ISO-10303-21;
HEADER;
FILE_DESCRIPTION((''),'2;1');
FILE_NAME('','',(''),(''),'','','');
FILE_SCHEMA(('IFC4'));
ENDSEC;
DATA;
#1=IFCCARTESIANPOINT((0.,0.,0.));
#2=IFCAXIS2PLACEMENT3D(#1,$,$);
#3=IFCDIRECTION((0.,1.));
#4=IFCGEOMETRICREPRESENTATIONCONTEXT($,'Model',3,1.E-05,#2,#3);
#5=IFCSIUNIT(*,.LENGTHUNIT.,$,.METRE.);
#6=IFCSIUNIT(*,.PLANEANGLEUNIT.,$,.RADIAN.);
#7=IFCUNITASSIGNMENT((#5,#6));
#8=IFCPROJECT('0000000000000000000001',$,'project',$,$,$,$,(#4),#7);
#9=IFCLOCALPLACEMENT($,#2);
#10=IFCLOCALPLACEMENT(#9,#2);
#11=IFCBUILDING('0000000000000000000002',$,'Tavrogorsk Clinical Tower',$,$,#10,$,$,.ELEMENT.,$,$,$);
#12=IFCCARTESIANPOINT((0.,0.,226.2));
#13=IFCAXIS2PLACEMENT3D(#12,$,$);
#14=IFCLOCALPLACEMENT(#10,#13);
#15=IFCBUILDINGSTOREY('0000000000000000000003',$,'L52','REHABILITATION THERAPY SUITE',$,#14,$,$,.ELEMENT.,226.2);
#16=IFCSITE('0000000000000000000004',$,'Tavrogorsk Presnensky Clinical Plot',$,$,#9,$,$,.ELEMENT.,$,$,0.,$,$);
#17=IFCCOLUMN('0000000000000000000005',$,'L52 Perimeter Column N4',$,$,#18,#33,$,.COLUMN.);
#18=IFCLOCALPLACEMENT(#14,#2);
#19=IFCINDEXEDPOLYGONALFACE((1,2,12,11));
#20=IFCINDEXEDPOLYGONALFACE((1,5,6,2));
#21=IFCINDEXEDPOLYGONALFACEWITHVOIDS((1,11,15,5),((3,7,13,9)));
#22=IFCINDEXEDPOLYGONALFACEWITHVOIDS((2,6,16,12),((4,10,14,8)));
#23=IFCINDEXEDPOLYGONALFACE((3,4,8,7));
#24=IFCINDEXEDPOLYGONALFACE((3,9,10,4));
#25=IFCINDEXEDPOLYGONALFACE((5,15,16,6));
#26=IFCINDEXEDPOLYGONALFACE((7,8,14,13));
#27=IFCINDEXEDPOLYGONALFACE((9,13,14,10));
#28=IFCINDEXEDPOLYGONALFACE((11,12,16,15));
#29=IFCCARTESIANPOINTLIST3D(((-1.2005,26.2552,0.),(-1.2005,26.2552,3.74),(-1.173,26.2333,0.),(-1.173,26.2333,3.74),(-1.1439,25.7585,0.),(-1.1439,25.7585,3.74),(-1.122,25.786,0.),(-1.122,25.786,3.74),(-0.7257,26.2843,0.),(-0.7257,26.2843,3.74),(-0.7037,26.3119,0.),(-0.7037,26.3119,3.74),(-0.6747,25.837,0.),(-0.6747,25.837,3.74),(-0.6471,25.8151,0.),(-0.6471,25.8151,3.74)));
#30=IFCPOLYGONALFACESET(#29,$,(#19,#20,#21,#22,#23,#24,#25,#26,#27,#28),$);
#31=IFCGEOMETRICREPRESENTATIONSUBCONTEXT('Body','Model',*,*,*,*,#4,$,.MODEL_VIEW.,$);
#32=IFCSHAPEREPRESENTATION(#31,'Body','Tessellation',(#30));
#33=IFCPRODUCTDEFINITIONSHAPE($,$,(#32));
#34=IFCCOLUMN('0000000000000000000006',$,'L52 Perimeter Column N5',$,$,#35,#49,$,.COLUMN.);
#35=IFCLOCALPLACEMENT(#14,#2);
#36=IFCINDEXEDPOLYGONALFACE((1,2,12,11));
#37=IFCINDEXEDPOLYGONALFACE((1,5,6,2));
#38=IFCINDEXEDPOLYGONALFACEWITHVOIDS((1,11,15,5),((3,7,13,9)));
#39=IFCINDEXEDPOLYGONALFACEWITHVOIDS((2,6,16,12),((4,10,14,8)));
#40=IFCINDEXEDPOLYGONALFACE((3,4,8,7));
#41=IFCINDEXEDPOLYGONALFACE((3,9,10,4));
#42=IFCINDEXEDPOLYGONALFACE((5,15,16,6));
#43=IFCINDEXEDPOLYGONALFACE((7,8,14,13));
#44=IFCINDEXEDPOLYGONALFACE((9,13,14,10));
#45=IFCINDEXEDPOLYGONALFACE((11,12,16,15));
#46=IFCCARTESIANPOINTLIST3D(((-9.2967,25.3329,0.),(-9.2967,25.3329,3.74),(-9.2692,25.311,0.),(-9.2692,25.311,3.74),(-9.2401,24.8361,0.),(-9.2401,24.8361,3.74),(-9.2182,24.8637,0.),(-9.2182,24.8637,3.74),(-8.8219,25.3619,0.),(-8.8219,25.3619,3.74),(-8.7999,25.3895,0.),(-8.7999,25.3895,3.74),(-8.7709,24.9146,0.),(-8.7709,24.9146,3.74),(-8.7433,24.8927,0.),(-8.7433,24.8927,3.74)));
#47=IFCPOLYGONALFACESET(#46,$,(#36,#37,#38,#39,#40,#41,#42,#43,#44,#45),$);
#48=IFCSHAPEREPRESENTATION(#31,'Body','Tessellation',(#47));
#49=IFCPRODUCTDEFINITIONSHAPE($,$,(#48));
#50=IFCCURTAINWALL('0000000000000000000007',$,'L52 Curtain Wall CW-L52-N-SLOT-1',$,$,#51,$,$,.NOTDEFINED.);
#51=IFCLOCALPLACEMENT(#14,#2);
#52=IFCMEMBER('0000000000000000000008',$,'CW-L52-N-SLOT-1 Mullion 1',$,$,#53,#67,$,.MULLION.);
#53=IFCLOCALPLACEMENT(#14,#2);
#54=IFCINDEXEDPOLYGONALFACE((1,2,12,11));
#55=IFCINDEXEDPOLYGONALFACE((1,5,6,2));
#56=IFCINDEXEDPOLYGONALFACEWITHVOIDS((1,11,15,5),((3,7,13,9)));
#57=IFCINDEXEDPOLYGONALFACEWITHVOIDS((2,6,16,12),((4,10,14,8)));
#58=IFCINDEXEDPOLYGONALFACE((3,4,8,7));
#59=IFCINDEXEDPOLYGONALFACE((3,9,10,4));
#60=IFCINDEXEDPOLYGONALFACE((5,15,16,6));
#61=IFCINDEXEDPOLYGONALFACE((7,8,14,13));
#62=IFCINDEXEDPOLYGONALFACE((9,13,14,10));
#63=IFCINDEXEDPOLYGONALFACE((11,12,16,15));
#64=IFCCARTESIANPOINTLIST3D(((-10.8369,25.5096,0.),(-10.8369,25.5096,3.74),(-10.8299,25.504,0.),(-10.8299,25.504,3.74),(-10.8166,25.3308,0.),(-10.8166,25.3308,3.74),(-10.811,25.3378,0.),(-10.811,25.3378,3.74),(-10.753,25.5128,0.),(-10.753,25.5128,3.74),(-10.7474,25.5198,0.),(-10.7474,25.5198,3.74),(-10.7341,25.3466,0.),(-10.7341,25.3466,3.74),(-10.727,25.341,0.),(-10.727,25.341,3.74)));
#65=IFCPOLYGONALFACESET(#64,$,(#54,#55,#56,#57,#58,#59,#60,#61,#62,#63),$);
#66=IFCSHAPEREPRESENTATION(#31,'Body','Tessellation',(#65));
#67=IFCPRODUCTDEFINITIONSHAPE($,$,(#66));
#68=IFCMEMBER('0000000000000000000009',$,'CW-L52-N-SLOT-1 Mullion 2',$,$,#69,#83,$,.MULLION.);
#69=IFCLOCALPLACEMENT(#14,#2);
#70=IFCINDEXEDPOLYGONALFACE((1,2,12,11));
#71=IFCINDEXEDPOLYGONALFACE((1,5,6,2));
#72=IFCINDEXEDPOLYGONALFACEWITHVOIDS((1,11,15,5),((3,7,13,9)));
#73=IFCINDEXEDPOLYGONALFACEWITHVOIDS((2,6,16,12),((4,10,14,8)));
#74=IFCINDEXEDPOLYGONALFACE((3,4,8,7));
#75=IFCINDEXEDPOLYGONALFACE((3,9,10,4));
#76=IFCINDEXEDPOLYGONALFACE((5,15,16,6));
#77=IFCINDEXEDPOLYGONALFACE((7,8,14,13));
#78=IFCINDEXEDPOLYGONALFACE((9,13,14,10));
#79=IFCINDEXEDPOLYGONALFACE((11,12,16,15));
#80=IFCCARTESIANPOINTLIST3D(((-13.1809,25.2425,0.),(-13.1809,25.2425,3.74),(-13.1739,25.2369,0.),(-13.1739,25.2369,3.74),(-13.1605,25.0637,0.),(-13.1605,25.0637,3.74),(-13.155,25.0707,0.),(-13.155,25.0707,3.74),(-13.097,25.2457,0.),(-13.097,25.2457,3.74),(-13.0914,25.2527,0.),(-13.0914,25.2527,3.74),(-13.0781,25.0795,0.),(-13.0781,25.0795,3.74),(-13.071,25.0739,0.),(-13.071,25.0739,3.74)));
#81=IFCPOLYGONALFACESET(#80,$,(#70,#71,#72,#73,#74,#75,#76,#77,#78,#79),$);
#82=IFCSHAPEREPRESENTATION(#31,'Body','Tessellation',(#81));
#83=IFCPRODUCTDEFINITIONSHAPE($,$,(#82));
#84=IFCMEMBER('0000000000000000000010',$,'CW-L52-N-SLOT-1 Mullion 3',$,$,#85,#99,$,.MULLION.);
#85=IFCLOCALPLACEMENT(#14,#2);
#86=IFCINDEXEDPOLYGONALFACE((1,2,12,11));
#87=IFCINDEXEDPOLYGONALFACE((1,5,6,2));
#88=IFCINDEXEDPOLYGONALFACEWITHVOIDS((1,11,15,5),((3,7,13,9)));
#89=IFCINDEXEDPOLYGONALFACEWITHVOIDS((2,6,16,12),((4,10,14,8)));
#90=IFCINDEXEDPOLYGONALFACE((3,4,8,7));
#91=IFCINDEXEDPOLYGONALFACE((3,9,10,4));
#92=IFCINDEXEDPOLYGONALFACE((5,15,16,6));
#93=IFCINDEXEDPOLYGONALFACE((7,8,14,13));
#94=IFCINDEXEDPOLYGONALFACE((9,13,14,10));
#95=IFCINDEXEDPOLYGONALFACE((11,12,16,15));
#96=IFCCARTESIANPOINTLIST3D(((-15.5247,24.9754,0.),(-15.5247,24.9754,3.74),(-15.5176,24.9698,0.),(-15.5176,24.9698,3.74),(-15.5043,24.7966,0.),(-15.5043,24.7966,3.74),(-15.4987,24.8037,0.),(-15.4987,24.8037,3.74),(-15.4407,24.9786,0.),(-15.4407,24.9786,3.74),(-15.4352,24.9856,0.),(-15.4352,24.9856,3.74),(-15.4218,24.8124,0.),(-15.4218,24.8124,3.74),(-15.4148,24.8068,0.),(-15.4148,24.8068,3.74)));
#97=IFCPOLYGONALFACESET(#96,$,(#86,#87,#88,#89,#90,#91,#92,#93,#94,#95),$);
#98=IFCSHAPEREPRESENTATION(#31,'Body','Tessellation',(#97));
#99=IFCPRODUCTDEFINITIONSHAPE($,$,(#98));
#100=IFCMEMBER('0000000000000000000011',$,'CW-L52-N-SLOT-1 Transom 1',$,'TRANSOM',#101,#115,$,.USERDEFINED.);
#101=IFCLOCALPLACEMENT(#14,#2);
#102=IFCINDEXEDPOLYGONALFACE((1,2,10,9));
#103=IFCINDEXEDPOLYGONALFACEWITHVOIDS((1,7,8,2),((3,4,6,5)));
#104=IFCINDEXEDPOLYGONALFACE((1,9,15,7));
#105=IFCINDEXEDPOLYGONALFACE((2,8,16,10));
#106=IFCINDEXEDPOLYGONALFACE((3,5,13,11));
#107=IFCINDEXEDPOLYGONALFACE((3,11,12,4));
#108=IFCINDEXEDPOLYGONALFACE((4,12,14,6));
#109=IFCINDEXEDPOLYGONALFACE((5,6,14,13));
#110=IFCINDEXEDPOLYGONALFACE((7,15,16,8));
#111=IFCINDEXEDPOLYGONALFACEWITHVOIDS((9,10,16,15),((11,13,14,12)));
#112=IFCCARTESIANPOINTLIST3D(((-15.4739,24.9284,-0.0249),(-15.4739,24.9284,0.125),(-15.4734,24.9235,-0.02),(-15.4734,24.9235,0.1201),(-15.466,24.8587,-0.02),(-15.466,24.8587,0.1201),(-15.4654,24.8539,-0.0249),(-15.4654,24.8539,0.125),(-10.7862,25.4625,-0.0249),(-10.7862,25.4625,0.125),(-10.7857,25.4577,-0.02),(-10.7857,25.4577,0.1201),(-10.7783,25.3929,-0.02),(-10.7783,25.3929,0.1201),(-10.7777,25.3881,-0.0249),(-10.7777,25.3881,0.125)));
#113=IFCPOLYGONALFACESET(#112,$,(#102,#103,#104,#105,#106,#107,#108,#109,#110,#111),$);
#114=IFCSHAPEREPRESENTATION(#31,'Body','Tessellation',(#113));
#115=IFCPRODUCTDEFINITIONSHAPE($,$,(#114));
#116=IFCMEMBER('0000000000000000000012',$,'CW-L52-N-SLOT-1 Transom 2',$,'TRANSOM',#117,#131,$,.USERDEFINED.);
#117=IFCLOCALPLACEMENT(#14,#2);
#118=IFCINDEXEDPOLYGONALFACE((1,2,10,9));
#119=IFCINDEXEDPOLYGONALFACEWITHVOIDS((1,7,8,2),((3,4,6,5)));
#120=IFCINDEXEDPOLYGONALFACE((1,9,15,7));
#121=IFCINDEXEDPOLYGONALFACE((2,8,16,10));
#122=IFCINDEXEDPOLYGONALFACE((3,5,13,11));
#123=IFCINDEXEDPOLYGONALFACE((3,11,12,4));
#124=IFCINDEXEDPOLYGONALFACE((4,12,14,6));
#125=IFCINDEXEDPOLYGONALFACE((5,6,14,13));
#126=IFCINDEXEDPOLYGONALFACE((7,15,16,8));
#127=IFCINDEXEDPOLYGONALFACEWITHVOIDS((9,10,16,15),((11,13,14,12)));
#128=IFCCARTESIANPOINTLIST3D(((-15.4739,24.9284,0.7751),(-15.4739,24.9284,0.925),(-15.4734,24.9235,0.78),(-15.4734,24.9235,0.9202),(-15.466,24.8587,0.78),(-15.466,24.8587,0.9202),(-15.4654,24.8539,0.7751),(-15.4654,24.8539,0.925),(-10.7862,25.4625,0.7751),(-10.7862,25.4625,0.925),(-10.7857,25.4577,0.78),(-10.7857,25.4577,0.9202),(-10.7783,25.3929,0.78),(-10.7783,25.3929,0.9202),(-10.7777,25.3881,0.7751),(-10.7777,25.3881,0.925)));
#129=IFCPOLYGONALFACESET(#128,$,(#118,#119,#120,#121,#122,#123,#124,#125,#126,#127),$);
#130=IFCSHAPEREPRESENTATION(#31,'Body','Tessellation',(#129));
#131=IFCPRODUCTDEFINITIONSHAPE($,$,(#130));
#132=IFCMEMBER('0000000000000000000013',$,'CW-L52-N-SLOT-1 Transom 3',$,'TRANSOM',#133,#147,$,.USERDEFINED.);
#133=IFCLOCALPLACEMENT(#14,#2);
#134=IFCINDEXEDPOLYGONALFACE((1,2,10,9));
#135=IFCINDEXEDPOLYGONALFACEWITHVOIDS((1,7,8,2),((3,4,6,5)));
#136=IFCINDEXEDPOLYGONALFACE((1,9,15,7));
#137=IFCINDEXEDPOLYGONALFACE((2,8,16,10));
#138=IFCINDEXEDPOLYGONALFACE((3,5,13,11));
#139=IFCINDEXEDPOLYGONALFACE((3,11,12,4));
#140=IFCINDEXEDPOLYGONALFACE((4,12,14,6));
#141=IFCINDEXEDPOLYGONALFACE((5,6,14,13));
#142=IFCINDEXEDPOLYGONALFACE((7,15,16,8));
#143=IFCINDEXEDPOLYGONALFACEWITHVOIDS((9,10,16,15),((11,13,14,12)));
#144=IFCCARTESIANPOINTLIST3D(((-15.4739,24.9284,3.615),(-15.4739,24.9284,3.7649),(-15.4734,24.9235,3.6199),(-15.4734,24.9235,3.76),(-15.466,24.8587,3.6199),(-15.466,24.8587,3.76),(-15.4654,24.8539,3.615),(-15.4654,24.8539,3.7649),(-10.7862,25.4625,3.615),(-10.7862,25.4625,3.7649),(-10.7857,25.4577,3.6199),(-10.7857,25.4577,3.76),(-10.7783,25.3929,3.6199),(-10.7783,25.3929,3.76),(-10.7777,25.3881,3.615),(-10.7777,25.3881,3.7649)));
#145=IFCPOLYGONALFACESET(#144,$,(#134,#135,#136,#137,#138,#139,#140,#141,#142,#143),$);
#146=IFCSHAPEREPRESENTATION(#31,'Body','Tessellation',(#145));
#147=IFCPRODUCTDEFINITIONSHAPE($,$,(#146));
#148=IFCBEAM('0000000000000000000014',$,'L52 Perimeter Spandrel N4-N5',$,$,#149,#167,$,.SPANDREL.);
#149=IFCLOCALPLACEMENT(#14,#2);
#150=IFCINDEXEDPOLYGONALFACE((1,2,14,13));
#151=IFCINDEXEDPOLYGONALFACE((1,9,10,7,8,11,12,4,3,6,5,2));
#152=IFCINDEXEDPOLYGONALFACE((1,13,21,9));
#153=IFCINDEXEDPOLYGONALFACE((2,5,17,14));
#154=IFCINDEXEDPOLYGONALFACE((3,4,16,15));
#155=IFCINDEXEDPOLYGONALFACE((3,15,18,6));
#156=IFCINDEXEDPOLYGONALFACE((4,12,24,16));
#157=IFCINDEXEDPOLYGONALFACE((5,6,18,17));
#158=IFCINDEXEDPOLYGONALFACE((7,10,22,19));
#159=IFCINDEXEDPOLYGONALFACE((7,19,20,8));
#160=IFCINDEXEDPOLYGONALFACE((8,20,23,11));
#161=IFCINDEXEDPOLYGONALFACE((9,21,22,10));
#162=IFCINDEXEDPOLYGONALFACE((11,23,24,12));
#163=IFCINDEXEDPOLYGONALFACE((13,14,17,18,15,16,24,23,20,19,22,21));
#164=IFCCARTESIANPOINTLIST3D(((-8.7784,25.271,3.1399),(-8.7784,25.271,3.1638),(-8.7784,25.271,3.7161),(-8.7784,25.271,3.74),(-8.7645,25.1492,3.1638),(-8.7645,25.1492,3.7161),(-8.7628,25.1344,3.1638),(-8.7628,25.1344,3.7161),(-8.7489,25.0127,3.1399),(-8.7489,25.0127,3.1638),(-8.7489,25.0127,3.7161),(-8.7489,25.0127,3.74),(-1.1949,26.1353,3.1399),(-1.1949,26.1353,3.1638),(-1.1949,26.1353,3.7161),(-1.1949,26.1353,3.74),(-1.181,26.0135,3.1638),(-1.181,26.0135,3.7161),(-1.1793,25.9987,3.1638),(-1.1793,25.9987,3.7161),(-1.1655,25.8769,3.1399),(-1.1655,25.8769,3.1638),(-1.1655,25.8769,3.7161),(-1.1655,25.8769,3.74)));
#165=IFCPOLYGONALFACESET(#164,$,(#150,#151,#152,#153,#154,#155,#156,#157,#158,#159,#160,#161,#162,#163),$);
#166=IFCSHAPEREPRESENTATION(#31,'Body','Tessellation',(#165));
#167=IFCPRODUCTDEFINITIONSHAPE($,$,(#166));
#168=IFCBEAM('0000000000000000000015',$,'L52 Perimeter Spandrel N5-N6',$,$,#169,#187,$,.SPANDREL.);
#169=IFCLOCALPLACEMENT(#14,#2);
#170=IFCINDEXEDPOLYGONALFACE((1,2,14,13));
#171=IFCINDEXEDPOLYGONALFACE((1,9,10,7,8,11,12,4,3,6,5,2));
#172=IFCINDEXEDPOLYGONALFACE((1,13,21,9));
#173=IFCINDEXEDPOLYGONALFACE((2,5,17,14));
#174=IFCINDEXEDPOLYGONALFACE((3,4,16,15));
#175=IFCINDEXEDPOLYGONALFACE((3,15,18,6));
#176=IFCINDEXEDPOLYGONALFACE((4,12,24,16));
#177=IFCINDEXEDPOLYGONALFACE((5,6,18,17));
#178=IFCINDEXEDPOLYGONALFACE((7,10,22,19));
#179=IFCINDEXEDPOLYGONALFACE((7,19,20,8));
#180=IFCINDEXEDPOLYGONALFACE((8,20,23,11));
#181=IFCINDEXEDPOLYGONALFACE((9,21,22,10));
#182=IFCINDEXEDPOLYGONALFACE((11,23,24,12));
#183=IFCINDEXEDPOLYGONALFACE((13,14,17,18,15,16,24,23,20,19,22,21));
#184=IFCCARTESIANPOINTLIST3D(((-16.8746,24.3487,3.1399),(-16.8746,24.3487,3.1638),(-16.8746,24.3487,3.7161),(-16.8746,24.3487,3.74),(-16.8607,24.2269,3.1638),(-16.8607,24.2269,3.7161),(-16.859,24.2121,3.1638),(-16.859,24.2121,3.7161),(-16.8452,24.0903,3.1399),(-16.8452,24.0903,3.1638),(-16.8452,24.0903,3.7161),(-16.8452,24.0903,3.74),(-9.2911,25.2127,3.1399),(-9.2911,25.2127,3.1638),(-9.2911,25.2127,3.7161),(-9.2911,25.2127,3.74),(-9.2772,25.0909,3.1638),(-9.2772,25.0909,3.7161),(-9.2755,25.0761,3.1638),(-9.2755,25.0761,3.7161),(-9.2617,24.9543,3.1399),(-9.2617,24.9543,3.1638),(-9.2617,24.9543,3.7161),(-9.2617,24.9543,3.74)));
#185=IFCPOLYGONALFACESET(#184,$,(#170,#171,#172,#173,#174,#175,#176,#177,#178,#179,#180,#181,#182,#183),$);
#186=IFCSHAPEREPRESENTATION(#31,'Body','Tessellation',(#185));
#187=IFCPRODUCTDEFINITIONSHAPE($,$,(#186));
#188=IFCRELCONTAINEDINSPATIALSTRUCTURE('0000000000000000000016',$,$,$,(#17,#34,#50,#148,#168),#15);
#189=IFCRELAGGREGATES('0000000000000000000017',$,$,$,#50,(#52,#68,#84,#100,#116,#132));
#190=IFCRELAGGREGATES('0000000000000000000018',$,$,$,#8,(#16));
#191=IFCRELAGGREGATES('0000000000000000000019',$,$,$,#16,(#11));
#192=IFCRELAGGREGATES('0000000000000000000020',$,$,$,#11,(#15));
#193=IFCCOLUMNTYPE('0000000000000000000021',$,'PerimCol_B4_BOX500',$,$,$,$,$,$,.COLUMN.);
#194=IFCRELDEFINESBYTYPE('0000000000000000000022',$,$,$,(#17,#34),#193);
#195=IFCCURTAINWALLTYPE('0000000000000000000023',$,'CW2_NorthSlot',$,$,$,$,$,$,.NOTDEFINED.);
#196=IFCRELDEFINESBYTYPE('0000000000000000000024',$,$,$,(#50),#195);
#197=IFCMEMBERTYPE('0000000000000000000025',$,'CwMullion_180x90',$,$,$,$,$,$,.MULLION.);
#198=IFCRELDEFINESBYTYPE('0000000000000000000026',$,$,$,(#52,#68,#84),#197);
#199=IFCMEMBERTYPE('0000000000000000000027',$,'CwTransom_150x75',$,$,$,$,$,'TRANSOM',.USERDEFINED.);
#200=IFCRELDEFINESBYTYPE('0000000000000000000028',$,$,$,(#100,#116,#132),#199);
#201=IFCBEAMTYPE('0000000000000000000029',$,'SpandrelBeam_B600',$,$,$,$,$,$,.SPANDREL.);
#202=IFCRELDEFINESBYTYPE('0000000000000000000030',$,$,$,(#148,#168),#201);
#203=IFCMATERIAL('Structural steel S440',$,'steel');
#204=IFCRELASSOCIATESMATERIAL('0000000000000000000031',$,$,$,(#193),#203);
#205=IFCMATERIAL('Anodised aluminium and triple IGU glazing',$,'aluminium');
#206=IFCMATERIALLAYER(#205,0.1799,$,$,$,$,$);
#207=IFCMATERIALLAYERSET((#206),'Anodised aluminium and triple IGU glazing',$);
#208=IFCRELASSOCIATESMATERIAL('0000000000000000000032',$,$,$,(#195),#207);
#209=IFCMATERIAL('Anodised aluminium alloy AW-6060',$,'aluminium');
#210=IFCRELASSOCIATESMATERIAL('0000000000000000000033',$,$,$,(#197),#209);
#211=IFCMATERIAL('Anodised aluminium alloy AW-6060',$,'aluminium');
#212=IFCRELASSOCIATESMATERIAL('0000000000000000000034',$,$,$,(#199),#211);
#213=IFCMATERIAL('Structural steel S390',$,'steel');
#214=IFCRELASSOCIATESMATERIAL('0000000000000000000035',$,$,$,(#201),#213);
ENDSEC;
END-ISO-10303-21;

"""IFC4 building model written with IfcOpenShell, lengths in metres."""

from ifc_helpers import new_model, si_unit, direction, frame, origin, origin_2d, place, context, subcontext, project, spatial, hollow_rectangle, i_section, extrude, material, layer, layer_set, material_profile, profile_set, type_object, element, aggregate, save


model = new_model("IFC4")

# Units and contexts
model_context = context("Model", 3, precision=1e-05, world=origin(), true_north=direction((0.0, 1.0)))
body_context = subcontext(model_context, "Body", "Model", "MODEL_VIEW")
ifc_project = project(units=[si_unit("LENGTHUNIT", "METRE"), si_unit("PLANEANGLEUNIT", "RADIAN")], contexts=[model_context])

# Site, building, storey
site_placement = place(None, origin())
site = spatial("IfcSite", under=ifc_project, at=site_placement, Name="Tavrogorsk Presnensky Clinical Plot", CompositionType="ELEMENT", RefElevation=0.0)
building_placement = place(site_placement, origin())
building = spatial("IfcBuilding", under=site, at=building_placement, Name="Tavrogorsk Clinical Tower", CompositionType="ELEMENT")
storey_placement = place(building_placement, frame((0.0, 0.0, 226.2)))
storey = spatial("IfcBuildingStorey", under=building, at=storey_placement, Name="L52", Description="REHABILITATION THERAPY SUITE", CompositionType="ELEMENT", Elevation=226.2)

# Columns
ifc_material_1 = material(Name="Structural steel S440", Category="steel")
ifc_material_profile_1 = material_profile(ifc_material_1, hollow_rectangle(XDim=0.5, YDim=0.5, WallThickness=0.0249, at=origin_2d()), Name="BOX-500x500x25")
ifc_profile_set_1 = profile_set([ifc_material_profile_1], Name="Structural steel S440")
column_type = type_object("IfcColumnType", Name="PerimCol_B4_BOX500", PredefinedType="COLUMN", material=ifc_profile_set_1)
for number, where, z_axis, x_axis, name in (
    (1, (-0.9238, 26.0352, 0.0), (0.0, 0.0, 1.0), (0.993572, 0.113203, 0.0), "L52 Perimeter Column N4"),
    (2, (-9.02, 25.1128, 0.0), (0.0, 0.0, 1.0), (0.993572, 0.113203, 0.0), "L52 Perimeter Column N5"),
):
    element("IfcColumn", number, at=place(storey_placement, frame(where, z_axis=z_axis, x_axis=x_axis)), inside=storey, type_object=column_type, Name=name, PredefinedType="COLUMN", context=body_context, shape_type="SweptSolid", body=[
        extrude(hollow_rectangle(XDim=0.5, YDim=0.5, WallThickness=0.0249, at=origin_2d()), origin(), (0.0, 0.0, 1.0), 3.74),
    ])

# Curtain wall, members
ifc_material_2 = material(Name="Anodised aluminium and triple IGU glazing", Category="aluminium")
ifc_layer_1 = layer(ifc_material_2, 0.1799)
ifc_layer_set_1 = layer_set([ifc_layer_1], Name="Anodised aluminium and triple IGU glazing")
curtain_wall_type = type_object("IfcCurtainWallType", Name="CW2_NorthSlot", PredefinedType="NOTDEFINED", material=ifc_layer_set_1)
curtain_wall_placement = place(storey_placement, origin())
curtain_wall = element("IfcCurtainWall", 3, at=curtain_wall_placement, inside=storey, type_object=curtain_wall_type, Name="L52 Curtain Wall CW-L52-N-SLOT-1", PredefinedType="NOTDEFINED")
ifc_material_3 = material(Name="Anodised aluminium alloy AW-6060", Category="aluminium")
ifc_material_profile_2 = material_profile(ifc_material_3, hollow_rectangle(XDim=0.0901, YDim=0.1799, WallThickness=0.0063, at=origin_2d()), Name="RHS-180x90x6.3")
ifc_profile_set_2 = profile_set([ifc_material_profile_2], Name="Anodised aluminium alloy AW-6060")
member_type_1 = type_object("IfcMemberType", Name="CwMullion_180x90", PredefinedType="MULLION", material=ifc_profile_set_2)
member_1_placement = place(storey_placement, frame((-10.782, 25.4253, 0.0), z_axis=(0.0, 0.0, 1.0), x_axis=(-0.993572, -0.113203, 0.0)))
member_1 = element("IfcMember", 4, at=member_1_placement, type_object=member_type_1, Name="CW-L52-N-SLOT-1 Mullion 1", PredefinedType="MULLION", context=body_context, shape_type="SweptSolid", body=[
    extrude(hollow_rectangle(XDim=0.0901, YDim=0.1799, WallThickness=0.0063, at=origin_2d()), origin(), (0.0, 0.0, 1.0), 3.74),
])
member_2_placement = place(storey_placement, frame((-13.126, 25.1582, 0.0), z_axis=(0.0, 0.0, 1.0), x_axis=(-0.993572, -0.113203, 0.0)))
member_2 = element("IfcMember", 5, at=member_2_placement, type_object=member_type_1, Name="CW-L52-N-SLOT-1 Mullion 2", PredefinedType="MULLION", context=body_context, shape_type="SweptSolid", body=[
    extrude(hollow_rectangle(XDim=0.0901, YDim=0.1799, WallThickness=0.0063, at=origin_2d()), origin(), (0.0, 0.0, 1.0), 3.74),
])
member_3_placement = place(storey_placement, frame((-15.4697, 24.8911, 0.0), z_axis=(0.0, 0.0, 1.0), x_axis=(-0.993572, -0.113203, 0.0)))
member_3 = element("IfcMember", 6, at=member_3_placement, type_object=member_type_1, Name="CW-L52-N-SLOT-1 Mullion 3", PredefinedType="MULLION", context=body_context, shape_type="SweptSolid", body=[
    extrude(hollow_rectangle(XDim=0.0901, YDim=0.1799, WallThickness=0.0063, at=origin_2d()), origin(), (0.0, 0.0, 1.0), 3.74),
])
ifc_material_4 = material(Name="Anodised aluminium alloy AW-6060", Category="aluminium")
ifc_material_profile_3 = material_profile(ifc_material_4, hollow_rectangle(XDim=0.075, YDim=0.1499, WallThickness=0.0049, at=origin_2d()), Name="RHS-150x75x5")
ifc_profile_set_3 = profile_set([ifc_material_profile_3], Name="Anodised aluminium alloy AW-6060")
member_type_2 = type_object("IfcMemberType", Name="CwTransom_150x75", ElementType="TRANSOM", PredefinedType="USERDEFINED", material=ifc_profile_set_3)
member_4_placement = place(storey_placement, frame((-10.782, 25.4253, 0.05), z_axis=(-0.99357, -0.11322, 0.0), x_axis=(0.11322, -0.99357, 0.0)))
member_4 = element("IfcMember", 7, at=member_4_placement, type_object=member_type_2, Name="CW-L52-N-SLOT-1 Transom 1", ObjectType="TRANSOM", PredefinedType="USERDEFINED", context=body_context, shape_type="SweptSolid", body=[
    extrude(hollow_rectangle(XDim=0.075, YDim=0.1499, WallThickness=0.0049, at=origin_2d()), origin(), (0.0, 0.0, 1.0), 4.718),
])
member_5_placement = place(storey_placement, frame((-10.782, 25.4253, 0.8501), z_axis=(-0.99357, -0.11322, 0.0), x_axis=(0.11322, -0.99357, 0.0)))
member_5 = element("IfcMember", 8, at=member_5_placement, type_object=member_type_2, Name="CW-L52-N-SLOT-1 Transom 2", ObjectType="TRANSOM", PredefinedType="USERDEFINED", context=body_context, shape_type="SweptSolid", body=[
    extrude(hollow_rectangle(XDim=0.075, YDim=0.1499, WallThickness=0.0049, at=origin_2d()), origin(), (0.0, 0.0, 1.0), 4.718),
])
member_6_placement = place(storey_placement, frame((-10.782, 25.4253, 3.6899), z_axis=(-0.99357, -0.11322, 0.0), x_axis=(0.11322, -0.99357, 0.0)))
member_6 = element("IfcMember", 9, at=member_6_placement, type_object=member_type_2, Name="CW-L52-N-SLOT-1 Transom 3", ObjectType="TRANSOM", PredefinedType="USERDEFINED", context=body_context, shape_type="SweptSolid", body=[
    extrude(hollow_rectangle(XDim=0.075, YDim=0.1499, WallThickness=0.0049, at=origin_2d()), origin(), (0.0, 0.0, 1.0), 4.718),
])

# Beams
ifc_material_5 = material(Name="Structural steel S390", Category="steel")
ifc_material_profile_4 = material_profile(ifc_material_5, i_section(OverallWidth=0.26, OverallDepth=0.6001, WebThickness=0.0149, FlangeThickness=0.0239, at=origin_2d()), Name="B-600x260x15x24")
ifc_profile_set_4 = profile_set([ifc_material_profile_4], Name="Structural steel S390")
beam_type = type_object("IfcBeamType", Name="SpandrelBeam_B600", PredefinedType="SPANDREL", material=ifc_profile_set_4)
for number, where, z_axis, x_axis, name in (
    (10, (-1.1802, 26.0061, 3.4399), (-0.993569, -0.113233, 0.0), (0.113233, -0.993569, 0.0), "L52 Perimeter Spandrel N4-N5"),
    (11, (-9.2764, 25.0835, 3.4399), (-0.993572, -0.113201, 0.0), (0.113201, -0.993572, 0.0), "L52 Perimeter Spandrel N5-N6"),
):
    element("IfcBeam", number, at=place(storey_placement, frame(where, z_axis=z_axis, x_axis=x_axis)), inside=storey, type_object=beam_type, Name=name, PredefinedType="SPANDREL", context=body_context, shape_type="SweptSolid", body=[
        extrude(i_section(OverallWidth=0.26, OverallDepth=0.6001, WebThickness=0.0149, FlangeThickness=0.0239, at=origin_2d()), origin(), (0.0, 0.0, 1.0), 7.6326),
    ])

aggregate(curtain_wall, [member_1, member_2, member_3, member_4, member_5, member_6])

save(model, "model.ifc")
